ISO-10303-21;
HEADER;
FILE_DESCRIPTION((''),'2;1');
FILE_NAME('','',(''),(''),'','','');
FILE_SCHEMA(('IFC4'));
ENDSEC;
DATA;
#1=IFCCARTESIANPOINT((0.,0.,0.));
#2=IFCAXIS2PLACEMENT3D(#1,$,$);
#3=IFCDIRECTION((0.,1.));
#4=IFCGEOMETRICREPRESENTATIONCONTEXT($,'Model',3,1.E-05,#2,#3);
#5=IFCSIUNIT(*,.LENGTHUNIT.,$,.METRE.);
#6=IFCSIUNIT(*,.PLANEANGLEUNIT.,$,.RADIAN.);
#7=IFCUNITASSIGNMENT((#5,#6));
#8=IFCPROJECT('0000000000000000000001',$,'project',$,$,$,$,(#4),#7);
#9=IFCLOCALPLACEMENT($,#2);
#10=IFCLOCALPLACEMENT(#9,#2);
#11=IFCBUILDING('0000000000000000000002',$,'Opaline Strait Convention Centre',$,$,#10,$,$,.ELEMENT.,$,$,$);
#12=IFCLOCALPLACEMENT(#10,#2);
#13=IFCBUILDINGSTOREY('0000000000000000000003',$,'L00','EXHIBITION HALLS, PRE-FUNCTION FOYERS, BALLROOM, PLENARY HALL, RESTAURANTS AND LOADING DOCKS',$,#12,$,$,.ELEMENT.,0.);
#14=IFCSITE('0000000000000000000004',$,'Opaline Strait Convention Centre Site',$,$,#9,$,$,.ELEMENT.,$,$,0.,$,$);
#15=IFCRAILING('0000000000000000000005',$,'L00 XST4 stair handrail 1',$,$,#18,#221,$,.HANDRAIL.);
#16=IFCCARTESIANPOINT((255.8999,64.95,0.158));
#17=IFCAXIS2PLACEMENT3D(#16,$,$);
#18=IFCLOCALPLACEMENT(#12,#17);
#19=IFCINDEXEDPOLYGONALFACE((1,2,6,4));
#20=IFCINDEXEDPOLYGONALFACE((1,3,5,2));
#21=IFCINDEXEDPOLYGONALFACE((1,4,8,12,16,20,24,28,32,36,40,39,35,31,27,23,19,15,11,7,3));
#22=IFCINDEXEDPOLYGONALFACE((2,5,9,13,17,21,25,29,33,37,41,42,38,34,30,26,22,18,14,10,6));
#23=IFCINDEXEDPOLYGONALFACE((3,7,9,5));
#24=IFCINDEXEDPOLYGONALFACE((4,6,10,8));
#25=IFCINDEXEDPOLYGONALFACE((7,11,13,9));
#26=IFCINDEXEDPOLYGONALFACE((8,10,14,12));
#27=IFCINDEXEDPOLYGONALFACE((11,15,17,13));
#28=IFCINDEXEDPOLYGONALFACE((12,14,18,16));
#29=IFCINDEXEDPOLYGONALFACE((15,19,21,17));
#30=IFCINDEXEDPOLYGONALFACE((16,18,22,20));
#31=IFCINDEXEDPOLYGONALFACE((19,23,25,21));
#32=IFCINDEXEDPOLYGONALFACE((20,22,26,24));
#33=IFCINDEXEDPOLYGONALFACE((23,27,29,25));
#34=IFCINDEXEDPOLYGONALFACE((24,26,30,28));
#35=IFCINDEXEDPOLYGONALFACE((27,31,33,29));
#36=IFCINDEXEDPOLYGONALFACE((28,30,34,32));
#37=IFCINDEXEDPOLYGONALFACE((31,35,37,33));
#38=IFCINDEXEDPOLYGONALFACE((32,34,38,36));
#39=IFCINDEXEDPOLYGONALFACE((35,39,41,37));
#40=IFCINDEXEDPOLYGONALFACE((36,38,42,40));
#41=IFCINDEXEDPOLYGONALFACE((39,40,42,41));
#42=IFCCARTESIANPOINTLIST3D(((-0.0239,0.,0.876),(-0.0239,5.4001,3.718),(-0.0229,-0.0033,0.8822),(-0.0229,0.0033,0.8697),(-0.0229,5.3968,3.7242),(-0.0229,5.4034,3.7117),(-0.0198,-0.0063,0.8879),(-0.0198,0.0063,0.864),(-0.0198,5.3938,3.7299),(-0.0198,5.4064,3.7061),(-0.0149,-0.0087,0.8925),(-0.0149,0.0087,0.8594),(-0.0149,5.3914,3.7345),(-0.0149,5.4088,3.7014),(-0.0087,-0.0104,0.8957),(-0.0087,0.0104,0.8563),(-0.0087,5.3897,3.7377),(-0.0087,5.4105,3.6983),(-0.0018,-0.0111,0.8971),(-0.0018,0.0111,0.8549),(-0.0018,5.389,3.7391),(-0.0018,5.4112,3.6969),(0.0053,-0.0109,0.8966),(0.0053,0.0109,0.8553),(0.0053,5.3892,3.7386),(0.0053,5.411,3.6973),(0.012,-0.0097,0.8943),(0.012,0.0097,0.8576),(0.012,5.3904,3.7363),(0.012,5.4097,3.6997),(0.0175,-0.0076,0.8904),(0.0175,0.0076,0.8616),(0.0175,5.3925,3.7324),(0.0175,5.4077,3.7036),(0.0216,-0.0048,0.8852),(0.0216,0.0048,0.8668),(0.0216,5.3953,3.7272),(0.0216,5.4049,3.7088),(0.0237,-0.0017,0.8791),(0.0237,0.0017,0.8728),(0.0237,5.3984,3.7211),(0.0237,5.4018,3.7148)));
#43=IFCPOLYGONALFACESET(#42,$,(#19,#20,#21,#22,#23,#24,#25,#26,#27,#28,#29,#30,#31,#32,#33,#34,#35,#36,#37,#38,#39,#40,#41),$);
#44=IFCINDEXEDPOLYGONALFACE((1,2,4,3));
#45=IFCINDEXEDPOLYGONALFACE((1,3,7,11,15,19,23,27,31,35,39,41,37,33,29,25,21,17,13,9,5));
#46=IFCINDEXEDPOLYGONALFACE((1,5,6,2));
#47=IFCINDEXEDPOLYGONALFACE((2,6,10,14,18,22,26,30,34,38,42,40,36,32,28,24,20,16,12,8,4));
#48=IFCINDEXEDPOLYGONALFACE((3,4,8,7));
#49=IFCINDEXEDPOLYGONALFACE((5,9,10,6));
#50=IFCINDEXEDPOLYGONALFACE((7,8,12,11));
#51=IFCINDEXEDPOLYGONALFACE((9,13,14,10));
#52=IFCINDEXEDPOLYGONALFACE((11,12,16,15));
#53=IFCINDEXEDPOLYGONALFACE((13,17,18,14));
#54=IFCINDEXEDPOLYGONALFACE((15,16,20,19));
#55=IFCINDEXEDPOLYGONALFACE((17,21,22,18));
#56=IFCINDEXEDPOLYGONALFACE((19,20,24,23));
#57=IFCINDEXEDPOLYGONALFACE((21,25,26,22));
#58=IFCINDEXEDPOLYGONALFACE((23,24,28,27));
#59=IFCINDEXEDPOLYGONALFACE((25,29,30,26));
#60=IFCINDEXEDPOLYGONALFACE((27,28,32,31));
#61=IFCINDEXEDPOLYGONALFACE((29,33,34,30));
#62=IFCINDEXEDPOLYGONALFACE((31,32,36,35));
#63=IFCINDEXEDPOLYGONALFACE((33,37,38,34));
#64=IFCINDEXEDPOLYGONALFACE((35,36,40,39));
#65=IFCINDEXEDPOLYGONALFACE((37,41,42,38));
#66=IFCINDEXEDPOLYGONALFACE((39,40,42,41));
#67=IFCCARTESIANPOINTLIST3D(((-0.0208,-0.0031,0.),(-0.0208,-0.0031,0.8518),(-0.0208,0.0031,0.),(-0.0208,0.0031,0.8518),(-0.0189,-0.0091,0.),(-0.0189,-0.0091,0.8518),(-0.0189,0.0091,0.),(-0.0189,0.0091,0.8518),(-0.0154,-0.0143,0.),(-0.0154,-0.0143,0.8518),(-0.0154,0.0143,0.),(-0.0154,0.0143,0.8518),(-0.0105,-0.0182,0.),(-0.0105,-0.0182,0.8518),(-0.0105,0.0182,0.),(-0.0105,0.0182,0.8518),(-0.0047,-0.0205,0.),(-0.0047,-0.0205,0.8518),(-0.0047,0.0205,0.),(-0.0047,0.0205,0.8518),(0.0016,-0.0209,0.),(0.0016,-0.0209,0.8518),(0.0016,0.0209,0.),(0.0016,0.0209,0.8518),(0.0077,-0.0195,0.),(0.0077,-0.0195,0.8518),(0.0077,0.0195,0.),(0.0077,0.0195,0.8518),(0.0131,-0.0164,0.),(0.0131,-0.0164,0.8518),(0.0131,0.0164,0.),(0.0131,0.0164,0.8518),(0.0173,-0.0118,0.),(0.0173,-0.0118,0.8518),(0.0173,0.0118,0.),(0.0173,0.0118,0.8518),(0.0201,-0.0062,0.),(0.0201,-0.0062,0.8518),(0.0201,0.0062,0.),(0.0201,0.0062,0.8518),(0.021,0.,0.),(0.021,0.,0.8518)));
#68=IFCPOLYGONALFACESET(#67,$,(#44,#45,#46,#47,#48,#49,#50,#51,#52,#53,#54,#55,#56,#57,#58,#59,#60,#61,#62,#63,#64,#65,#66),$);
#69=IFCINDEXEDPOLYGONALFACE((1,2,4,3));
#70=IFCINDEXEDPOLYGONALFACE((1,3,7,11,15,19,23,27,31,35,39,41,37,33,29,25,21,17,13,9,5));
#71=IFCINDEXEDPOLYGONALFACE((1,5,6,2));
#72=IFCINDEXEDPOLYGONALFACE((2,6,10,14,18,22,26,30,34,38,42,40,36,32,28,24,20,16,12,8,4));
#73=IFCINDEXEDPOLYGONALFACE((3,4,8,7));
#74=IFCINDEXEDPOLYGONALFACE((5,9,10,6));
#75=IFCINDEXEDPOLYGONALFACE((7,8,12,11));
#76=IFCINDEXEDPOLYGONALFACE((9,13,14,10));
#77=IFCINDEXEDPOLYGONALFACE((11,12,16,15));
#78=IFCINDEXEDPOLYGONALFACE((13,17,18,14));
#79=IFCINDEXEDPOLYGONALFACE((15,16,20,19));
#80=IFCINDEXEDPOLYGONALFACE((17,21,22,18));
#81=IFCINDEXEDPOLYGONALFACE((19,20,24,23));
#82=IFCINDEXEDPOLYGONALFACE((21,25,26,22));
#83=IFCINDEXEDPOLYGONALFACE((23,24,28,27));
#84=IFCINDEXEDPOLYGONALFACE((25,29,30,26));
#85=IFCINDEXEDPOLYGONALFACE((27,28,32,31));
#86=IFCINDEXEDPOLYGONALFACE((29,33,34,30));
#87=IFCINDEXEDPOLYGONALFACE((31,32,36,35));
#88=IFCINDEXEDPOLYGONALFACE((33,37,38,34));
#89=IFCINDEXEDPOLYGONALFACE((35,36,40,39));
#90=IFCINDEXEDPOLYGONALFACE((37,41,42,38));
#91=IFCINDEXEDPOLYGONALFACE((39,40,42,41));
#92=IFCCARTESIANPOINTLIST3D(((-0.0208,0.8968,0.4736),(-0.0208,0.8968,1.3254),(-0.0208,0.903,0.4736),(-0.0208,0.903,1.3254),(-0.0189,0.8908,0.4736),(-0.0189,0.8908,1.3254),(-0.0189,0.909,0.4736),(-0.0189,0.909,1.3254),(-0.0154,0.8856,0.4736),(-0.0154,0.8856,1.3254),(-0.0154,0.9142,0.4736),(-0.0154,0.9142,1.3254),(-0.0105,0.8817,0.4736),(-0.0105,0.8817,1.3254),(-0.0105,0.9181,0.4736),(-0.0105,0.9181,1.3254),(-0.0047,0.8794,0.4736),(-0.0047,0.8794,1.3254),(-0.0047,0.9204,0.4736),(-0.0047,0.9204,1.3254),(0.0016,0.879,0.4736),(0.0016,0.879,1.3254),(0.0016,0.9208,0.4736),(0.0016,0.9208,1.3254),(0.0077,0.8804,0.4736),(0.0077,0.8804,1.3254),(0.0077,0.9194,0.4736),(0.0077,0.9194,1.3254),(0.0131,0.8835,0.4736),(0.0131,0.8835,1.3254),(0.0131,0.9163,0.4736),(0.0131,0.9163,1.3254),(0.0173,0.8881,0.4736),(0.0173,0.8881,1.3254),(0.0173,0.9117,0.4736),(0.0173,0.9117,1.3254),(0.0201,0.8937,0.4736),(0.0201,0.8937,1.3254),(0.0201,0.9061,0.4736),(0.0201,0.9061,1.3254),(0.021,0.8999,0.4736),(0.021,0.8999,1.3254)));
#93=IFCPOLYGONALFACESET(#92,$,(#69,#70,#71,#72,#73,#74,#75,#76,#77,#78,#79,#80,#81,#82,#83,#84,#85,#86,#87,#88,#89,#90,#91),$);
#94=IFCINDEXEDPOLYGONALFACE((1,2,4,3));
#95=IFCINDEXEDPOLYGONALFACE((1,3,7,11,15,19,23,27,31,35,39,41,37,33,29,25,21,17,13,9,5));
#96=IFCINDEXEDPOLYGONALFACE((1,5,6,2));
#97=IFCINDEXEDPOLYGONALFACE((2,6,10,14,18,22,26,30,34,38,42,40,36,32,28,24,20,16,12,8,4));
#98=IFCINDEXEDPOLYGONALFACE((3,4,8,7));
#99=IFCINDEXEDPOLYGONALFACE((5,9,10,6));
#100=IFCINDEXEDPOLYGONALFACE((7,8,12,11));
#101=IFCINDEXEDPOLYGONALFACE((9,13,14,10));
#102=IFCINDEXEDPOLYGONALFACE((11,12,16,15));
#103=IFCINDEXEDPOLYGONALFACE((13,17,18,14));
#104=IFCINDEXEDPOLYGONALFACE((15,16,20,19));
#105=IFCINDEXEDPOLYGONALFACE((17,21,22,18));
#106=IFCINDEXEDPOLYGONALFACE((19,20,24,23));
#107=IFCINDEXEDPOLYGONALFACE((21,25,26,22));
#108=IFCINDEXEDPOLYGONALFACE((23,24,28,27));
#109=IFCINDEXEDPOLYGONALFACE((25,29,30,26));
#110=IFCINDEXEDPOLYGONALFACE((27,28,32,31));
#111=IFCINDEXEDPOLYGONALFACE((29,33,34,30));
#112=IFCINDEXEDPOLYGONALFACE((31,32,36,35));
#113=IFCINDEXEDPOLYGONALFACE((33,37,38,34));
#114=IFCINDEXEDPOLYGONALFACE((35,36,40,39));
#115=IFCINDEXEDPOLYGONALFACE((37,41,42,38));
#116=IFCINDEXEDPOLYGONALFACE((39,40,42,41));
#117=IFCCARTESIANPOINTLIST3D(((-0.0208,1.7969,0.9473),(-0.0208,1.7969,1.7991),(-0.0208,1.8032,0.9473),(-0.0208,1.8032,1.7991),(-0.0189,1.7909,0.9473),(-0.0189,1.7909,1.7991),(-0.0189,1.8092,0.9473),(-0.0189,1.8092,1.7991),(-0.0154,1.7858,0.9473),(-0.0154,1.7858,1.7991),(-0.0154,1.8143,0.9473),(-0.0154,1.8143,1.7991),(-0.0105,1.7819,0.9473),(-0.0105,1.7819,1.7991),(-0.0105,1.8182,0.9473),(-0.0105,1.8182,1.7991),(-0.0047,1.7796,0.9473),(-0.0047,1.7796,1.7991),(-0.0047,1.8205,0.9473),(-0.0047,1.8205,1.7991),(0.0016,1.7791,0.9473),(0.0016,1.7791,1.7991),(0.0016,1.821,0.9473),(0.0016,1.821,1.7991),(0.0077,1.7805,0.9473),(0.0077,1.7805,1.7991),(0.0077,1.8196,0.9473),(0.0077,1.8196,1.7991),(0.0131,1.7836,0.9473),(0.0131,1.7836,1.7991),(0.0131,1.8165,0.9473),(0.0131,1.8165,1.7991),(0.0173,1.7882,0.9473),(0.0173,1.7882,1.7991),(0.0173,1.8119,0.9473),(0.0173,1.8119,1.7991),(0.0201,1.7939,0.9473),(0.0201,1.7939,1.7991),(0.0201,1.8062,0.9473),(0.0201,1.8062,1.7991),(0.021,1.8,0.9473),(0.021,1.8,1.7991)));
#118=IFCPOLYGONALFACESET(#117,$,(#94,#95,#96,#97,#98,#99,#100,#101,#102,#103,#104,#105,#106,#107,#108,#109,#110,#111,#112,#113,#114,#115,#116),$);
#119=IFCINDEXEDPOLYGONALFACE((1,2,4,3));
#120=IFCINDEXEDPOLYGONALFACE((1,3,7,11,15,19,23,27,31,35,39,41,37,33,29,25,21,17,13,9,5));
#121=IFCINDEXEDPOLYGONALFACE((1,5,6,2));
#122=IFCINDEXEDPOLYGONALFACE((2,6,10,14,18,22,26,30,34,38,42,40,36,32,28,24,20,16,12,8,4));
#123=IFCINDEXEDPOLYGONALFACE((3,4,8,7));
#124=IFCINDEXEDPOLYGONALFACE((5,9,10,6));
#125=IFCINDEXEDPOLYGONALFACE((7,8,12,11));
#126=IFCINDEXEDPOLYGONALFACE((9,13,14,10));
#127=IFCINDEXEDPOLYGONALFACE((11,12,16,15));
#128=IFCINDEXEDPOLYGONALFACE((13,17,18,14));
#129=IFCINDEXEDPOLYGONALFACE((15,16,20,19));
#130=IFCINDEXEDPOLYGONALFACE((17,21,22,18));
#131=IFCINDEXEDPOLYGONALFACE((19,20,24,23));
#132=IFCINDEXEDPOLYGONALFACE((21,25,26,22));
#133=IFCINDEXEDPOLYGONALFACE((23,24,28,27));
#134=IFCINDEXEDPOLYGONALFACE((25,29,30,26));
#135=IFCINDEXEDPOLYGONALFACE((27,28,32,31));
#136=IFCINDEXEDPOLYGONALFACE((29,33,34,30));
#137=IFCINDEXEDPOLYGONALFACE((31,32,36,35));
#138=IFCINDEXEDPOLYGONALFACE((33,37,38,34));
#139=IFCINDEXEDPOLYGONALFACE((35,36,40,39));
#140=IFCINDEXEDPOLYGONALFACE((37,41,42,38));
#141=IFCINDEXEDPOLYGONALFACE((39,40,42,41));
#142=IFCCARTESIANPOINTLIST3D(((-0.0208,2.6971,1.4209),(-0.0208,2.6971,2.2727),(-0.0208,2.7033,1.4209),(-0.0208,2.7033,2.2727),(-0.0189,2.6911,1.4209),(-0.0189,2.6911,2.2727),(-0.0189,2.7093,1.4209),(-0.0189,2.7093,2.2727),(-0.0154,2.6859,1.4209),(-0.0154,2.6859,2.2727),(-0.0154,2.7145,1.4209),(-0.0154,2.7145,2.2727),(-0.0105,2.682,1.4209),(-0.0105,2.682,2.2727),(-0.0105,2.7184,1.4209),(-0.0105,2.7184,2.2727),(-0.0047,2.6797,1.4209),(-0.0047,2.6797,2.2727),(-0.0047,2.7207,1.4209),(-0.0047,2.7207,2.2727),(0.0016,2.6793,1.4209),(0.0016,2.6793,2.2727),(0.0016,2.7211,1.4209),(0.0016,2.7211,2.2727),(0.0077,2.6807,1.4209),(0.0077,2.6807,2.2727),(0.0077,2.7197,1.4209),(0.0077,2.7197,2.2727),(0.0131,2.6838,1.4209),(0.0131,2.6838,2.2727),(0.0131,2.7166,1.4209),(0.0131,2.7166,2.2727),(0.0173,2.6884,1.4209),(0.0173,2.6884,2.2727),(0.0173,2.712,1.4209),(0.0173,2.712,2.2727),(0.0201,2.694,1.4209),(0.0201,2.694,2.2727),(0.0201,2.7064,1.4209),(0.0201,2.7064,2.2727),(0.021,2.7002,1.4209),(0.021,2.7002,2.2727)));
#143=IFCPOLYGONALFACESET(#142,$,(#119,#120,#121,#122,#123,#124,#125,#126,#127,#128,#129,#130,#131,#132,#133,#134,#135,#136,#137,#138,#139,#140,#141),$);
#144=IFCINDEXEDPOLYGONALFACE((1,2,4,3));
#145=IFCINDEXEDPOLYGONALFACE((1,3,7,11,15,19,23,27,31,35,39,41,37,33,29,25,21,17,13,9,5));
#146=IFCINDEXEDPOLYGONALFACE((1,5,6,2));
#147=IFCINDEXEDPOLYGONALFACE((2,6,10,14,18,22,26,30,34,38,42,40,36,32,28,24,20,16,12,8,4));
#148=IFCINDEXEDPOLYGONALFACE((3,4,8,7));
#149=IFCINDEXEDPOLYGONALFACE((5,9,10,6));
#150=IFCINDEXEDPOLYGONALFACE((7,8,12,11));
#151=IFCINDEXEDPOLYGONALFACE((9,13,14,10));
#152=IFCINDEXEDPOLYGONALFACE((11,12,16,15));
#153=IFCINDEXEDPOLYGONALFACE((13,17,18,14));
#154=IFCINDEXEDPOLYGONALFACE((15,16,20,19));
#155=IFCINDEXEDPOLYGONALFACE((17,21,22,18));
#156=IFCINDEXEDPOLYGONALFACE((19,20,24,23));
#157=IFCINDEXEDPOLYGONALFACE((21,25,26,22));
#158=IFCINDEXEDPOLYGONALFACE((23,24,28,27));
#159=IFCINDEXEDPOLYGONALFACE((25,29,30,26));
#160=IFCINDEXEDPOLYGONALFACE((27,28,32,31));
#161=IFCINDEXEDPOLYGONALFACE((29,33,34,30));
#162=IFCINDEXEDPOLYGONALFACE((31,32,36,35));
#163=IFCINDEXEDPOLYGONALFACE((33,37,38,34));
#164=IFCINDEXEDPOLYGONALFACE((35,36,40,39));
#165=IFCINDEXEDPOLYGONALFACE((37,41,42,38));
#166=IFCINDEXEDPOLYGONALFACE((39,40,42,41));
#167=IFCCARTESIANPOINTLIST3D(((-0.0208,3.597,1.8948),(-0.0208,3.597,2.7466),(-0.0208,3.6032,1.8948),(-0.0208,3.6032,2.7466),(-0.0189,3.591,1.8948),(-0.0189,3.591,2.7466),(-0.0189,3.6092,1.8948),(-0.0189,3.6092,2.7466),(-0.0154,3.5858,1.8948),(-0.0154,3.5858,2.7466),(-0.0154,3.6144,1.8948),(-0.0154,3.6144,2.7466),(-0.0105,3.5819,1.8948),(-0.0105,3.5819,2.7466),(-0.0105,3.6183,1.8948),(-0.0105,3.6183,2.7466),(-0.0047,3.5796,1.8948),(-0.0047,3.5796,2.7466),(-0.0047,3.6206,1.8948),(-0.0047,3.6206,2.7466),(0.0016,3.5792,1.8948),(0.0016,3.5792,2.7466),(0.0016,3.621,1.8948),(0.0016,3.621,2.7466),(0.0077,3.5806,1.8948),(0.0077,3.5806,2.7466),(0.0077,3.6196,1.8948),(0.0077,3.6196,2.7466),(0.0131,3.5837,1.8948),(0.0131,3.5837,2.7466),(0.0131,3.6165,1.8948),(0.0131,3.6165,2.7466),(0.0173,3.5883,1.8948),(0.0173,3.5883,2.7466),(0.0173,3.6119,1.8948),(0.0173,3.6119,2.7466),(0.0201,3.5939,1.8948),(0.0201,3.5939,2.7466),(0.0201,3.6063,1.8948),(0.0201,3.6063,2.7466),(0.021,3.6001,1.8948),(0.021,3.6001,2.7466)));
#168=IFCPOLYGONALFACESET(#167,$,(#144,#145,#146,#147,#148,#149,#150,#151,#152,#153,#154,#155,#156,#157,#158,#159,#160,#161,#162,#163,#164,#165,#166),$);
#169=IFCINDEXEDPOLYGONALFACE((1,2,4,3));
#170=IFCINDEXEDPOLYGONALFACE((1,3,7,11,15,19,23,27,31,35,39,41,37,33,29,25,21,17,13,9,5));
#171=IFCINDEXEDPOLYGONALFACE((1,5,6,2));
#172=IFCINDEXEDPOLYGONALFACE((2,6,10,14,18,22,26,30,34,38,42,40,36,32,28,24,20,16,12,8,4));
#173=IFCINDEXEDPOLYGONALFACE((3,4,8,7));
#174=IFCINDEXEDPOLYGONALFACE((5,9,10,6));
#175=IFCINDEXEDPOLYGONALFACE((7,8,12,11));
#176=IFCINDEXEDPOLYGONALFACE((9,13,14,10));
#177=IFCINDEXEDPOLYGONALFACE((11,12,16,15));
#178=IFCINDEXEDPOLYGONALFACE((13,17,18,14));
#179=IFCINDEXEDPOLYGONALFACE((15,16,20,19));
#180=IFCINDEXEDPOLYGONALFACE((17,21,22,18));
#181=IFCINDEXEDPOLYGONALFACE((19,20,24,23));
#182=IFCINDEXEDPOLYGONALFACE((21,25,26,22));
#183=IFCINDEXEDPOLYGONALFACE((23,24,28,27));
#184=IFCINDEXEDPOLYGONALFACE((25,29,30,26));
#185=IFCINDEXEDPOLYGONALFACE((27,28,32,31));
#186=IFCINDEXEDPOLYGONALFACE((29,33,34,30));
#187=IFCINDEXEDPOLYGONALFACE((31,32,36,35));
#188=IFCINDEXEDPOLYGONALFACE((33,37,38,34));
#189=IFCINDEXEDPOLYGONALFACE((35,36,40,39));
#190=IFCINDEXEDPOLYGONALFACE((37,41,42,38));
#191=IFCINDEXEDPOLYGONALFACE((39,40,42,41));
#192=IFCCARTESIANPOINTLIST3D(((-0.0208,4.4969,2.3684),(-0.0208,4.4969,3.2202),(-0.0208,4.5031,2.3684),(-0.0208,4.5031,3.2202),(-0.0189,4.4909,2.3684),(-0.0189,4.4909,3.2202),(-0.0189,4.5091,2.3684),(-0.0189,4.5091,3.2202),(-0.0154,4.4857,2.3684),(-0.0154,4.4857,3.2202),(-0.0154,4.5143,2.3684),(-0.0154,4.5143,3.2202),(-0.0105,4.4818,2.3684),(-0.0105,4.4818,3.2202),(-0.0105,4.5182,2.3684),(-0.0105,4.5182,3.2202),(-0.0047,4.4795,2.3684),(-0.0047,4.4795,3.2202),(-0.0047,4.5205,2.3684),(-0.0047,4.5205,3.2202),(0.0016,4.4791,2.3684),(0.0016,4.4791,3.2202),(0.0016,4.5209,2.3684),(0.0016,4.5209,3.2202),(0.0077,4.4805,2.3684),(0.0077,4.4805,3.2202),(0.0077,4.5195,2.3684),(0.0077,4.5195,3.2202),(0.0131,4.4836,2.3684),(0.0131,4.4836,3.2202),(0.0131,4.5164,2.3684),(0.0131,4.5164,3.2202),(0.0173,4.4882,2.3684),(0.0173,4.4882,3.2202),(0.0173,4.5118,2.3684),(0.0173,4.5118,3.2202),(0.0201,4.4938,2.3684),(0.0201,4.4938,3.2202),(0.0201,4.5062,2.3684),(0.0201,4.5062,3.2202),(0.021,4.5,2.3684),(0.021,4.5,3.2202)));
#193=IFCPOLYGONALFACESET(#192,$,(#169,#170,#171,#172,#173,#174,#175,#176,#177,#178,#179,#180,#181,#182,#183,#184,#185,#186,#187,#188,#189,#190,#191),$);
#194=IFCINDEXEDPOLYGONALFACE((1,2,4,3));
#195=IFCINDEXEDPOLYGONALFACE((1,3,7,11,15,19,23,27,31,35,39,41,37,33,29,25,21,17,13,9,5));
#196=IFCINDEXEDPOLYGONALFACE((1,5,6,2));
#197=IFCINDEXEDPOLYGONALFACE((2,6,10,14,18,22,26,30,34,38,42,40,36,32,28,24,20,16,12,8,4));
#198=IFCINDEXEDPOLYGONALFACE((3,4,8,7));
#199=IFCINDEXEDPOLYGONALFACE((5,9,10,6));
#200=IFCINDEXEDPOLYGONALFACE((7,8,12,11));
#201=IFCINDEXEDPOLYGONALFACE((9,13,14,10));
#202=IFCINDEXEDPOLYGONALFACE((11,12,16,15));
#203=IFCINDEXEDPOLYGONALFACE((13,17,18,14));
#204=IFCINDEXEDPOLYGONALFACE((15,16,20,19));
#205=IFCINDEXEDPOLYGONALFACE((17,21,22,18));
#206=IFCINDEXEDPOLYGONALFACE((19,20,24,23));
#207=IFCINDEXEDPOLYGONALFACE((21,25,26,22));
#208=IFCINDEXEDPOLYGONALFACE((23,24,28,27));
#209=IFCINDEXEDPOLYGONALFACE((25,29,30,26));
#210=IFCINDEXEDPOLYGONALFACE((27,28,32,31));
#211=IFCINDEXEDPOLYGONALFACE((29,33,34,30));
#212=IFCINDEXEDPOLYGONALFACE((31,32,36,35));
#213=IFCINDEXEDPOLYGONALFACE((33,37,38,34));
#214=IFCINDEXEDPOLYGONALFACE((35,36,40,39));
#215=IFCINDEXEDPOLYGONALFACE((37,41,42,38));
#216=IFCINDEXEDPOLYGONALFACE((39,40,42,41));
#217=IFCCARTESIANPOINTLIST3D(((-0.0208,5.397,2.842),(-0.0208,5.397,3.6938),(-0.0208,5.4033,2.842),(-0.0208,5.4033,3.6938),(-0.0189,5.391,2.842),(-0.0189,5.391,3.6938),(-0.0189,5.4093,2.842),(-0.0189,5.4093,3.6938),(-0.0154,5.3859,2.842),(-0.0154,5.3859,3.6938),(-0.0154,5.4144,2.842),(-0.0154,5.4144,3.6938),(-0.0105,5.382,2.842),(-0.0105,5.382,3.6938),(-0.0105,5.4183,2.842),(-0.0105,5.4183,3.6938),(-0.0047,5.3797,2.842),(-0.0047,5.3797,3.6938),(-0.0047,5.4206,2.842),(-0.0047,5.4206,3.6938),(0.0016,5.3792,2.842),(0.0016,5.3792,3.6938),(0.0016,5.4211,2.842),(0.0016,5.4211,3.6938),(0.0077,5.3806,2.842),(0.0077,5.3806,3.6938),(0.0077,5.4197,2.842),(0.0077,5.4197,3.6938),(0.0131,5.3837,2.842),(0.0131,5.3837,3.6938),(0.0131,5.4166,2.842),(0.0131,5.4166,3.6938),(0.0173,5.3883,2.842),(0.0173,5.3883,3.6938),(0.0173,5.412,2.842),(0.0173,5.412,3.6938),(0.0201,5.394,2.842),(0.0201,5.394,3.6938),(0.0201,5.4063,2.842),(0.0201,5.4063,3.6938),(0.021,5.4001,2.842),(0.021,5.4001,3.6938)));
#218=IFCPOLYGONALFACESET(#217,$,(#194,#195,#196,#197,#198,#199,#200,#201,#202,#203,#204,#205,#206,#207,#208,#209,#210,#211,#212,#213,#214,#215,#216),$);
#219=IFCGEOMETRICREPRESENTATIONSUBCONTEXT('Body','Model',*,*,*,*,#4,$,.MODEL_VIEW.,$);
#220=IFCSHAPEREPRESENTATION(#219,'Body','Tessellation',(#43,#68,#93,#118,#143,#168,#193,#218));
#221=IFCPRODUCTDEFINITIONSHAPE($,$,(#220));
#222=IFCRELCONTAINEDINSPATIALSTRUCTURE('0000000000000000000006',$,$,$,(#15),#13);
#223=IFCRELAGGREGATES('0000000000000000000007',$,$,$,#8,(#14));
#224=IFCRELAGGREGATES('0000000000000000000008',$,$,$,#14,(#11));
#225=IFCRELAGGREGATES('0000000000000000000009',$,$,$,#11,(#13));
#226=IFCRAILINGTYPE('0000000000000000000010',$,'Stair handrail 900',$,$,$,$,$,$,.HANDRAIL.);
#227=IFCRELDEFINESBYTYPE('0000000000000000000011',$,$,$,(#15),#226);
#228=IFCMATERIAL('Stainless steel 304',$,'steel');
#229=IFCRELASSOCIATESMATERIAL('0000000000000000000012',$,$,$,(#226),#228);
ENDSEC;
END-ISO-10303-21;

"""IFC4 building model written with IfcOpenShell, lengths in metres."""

from ifc_helpers import new_model, si_unit, direction, frame, origin, origin_2d, place, context, subcontext, project, spatial, circle, extrude, material, type_object, element, save


model = new_model("IFC4")

# Units and contexts
model_context = context("Model", 3, precision=1e-05, world=origin(), true_north=direction((0.0, 1.0)))
body_context = subcontext(model_context, "Body", "Model", "MODEL_VIEW")
ifc_project = project(units=[si_unit("LENGTHUNIT", "METRE"), si_unit("PLANEANGLEUNIT", "RADIAN")], contexts=[model_context])

# Site, building, storey
site_placement = place(None, origin())
site = spatial("IfcSite", under=ifc_project, at=site_placement, Name="Opaline Strait Convention Centre Site", CompositionType="ELEMENT", RefElevation=0.0)
building_placement = place(site_placement, origin())
building = spatial("IfcBuilding", under=site, at=building_placement, Name="Opaline Strait Convention Centre", CompositionType="ELEMENT")
storey_placement = place(building_placement, origin())
storey = spatial("IfcBuildingStorey", under=building, at=storey_placement, Name="L00", Description="EXHIBITION HALLS, PRE-FUNCTION FOYERS, BALLROOM, PLENARY HALL, RESTAURANTS AND LOADING DOCKS", CompositionType="ELEMENT", Elevation=0.0)

# Railing
ifc_material_1 = material(Name="Stainless steel 304", Category="steel")
railing_type_1 = type_object("IfcRailingType", Name="Stair handrail 900", PredefinedType="HANDRAIL", material=ifc_material_1)
railing_1_placement = place(storey_placement, frame((255.8999, 64.95, 0.158)))
element("IfcRailing", 1, at=railing_1_placement, inside=storey, type_object=railing_type_1, Name="L00 XST4 stair handrail 1", PredefinedType="HANDRAIL", context=body_context, shape_type="SweptSolid", body=[
    extrude(circle(Radius=0.0239, at=origin_2d()), frame((0.0, 0.0, 0.876), z_axis=(0.0, 0.884928, 0.465728), x_axis=(-1.0, 0.0, 0.0)), (0.0, 0.0, 1.0), 6.1023),
    extrude(circle(Radius=0.021, at=origin_2d()), origin(), (0.0, 0.0, 1.0), 0.8518),
    extrude(circle(Radius=0.021, at=origin_2d()), frame((0.0, 0.8999, 0.4736)), (0.0, 0.0, 1.0), 0.8518),
    extrude(circle(Radius=0.021, at=origin_2d()), frame((0.0, 1.8, 0.9473)), (0.0, 0.0, 1.0), 0.8518),
    extrude(circle(Radius=0.021, at=origin_2d()), frame((0.0, 2.7002, 1.4209)), (0.0, 0.0, 1.0), 0.8518),
    extrude(circle(Radius=0.021, at=origin_2d()), frame((0.0, 3.6001, 1.8948)), (0.0, 0.0, 1.0), 0.8518),
    extrude(circle(Radius=0.021, at=origin_2d()), frame((0.0, 4.5, 2.3684)), (0.0, 0.0, 1.0), 0.8518),
    extrude(circle(Radius=0.021, at=origin_2d()), frame((0.0, 5.4001, 2.842)), (0.0, 0.0, 1.0), 0.8518),
])

save(model, "model.ifc")
